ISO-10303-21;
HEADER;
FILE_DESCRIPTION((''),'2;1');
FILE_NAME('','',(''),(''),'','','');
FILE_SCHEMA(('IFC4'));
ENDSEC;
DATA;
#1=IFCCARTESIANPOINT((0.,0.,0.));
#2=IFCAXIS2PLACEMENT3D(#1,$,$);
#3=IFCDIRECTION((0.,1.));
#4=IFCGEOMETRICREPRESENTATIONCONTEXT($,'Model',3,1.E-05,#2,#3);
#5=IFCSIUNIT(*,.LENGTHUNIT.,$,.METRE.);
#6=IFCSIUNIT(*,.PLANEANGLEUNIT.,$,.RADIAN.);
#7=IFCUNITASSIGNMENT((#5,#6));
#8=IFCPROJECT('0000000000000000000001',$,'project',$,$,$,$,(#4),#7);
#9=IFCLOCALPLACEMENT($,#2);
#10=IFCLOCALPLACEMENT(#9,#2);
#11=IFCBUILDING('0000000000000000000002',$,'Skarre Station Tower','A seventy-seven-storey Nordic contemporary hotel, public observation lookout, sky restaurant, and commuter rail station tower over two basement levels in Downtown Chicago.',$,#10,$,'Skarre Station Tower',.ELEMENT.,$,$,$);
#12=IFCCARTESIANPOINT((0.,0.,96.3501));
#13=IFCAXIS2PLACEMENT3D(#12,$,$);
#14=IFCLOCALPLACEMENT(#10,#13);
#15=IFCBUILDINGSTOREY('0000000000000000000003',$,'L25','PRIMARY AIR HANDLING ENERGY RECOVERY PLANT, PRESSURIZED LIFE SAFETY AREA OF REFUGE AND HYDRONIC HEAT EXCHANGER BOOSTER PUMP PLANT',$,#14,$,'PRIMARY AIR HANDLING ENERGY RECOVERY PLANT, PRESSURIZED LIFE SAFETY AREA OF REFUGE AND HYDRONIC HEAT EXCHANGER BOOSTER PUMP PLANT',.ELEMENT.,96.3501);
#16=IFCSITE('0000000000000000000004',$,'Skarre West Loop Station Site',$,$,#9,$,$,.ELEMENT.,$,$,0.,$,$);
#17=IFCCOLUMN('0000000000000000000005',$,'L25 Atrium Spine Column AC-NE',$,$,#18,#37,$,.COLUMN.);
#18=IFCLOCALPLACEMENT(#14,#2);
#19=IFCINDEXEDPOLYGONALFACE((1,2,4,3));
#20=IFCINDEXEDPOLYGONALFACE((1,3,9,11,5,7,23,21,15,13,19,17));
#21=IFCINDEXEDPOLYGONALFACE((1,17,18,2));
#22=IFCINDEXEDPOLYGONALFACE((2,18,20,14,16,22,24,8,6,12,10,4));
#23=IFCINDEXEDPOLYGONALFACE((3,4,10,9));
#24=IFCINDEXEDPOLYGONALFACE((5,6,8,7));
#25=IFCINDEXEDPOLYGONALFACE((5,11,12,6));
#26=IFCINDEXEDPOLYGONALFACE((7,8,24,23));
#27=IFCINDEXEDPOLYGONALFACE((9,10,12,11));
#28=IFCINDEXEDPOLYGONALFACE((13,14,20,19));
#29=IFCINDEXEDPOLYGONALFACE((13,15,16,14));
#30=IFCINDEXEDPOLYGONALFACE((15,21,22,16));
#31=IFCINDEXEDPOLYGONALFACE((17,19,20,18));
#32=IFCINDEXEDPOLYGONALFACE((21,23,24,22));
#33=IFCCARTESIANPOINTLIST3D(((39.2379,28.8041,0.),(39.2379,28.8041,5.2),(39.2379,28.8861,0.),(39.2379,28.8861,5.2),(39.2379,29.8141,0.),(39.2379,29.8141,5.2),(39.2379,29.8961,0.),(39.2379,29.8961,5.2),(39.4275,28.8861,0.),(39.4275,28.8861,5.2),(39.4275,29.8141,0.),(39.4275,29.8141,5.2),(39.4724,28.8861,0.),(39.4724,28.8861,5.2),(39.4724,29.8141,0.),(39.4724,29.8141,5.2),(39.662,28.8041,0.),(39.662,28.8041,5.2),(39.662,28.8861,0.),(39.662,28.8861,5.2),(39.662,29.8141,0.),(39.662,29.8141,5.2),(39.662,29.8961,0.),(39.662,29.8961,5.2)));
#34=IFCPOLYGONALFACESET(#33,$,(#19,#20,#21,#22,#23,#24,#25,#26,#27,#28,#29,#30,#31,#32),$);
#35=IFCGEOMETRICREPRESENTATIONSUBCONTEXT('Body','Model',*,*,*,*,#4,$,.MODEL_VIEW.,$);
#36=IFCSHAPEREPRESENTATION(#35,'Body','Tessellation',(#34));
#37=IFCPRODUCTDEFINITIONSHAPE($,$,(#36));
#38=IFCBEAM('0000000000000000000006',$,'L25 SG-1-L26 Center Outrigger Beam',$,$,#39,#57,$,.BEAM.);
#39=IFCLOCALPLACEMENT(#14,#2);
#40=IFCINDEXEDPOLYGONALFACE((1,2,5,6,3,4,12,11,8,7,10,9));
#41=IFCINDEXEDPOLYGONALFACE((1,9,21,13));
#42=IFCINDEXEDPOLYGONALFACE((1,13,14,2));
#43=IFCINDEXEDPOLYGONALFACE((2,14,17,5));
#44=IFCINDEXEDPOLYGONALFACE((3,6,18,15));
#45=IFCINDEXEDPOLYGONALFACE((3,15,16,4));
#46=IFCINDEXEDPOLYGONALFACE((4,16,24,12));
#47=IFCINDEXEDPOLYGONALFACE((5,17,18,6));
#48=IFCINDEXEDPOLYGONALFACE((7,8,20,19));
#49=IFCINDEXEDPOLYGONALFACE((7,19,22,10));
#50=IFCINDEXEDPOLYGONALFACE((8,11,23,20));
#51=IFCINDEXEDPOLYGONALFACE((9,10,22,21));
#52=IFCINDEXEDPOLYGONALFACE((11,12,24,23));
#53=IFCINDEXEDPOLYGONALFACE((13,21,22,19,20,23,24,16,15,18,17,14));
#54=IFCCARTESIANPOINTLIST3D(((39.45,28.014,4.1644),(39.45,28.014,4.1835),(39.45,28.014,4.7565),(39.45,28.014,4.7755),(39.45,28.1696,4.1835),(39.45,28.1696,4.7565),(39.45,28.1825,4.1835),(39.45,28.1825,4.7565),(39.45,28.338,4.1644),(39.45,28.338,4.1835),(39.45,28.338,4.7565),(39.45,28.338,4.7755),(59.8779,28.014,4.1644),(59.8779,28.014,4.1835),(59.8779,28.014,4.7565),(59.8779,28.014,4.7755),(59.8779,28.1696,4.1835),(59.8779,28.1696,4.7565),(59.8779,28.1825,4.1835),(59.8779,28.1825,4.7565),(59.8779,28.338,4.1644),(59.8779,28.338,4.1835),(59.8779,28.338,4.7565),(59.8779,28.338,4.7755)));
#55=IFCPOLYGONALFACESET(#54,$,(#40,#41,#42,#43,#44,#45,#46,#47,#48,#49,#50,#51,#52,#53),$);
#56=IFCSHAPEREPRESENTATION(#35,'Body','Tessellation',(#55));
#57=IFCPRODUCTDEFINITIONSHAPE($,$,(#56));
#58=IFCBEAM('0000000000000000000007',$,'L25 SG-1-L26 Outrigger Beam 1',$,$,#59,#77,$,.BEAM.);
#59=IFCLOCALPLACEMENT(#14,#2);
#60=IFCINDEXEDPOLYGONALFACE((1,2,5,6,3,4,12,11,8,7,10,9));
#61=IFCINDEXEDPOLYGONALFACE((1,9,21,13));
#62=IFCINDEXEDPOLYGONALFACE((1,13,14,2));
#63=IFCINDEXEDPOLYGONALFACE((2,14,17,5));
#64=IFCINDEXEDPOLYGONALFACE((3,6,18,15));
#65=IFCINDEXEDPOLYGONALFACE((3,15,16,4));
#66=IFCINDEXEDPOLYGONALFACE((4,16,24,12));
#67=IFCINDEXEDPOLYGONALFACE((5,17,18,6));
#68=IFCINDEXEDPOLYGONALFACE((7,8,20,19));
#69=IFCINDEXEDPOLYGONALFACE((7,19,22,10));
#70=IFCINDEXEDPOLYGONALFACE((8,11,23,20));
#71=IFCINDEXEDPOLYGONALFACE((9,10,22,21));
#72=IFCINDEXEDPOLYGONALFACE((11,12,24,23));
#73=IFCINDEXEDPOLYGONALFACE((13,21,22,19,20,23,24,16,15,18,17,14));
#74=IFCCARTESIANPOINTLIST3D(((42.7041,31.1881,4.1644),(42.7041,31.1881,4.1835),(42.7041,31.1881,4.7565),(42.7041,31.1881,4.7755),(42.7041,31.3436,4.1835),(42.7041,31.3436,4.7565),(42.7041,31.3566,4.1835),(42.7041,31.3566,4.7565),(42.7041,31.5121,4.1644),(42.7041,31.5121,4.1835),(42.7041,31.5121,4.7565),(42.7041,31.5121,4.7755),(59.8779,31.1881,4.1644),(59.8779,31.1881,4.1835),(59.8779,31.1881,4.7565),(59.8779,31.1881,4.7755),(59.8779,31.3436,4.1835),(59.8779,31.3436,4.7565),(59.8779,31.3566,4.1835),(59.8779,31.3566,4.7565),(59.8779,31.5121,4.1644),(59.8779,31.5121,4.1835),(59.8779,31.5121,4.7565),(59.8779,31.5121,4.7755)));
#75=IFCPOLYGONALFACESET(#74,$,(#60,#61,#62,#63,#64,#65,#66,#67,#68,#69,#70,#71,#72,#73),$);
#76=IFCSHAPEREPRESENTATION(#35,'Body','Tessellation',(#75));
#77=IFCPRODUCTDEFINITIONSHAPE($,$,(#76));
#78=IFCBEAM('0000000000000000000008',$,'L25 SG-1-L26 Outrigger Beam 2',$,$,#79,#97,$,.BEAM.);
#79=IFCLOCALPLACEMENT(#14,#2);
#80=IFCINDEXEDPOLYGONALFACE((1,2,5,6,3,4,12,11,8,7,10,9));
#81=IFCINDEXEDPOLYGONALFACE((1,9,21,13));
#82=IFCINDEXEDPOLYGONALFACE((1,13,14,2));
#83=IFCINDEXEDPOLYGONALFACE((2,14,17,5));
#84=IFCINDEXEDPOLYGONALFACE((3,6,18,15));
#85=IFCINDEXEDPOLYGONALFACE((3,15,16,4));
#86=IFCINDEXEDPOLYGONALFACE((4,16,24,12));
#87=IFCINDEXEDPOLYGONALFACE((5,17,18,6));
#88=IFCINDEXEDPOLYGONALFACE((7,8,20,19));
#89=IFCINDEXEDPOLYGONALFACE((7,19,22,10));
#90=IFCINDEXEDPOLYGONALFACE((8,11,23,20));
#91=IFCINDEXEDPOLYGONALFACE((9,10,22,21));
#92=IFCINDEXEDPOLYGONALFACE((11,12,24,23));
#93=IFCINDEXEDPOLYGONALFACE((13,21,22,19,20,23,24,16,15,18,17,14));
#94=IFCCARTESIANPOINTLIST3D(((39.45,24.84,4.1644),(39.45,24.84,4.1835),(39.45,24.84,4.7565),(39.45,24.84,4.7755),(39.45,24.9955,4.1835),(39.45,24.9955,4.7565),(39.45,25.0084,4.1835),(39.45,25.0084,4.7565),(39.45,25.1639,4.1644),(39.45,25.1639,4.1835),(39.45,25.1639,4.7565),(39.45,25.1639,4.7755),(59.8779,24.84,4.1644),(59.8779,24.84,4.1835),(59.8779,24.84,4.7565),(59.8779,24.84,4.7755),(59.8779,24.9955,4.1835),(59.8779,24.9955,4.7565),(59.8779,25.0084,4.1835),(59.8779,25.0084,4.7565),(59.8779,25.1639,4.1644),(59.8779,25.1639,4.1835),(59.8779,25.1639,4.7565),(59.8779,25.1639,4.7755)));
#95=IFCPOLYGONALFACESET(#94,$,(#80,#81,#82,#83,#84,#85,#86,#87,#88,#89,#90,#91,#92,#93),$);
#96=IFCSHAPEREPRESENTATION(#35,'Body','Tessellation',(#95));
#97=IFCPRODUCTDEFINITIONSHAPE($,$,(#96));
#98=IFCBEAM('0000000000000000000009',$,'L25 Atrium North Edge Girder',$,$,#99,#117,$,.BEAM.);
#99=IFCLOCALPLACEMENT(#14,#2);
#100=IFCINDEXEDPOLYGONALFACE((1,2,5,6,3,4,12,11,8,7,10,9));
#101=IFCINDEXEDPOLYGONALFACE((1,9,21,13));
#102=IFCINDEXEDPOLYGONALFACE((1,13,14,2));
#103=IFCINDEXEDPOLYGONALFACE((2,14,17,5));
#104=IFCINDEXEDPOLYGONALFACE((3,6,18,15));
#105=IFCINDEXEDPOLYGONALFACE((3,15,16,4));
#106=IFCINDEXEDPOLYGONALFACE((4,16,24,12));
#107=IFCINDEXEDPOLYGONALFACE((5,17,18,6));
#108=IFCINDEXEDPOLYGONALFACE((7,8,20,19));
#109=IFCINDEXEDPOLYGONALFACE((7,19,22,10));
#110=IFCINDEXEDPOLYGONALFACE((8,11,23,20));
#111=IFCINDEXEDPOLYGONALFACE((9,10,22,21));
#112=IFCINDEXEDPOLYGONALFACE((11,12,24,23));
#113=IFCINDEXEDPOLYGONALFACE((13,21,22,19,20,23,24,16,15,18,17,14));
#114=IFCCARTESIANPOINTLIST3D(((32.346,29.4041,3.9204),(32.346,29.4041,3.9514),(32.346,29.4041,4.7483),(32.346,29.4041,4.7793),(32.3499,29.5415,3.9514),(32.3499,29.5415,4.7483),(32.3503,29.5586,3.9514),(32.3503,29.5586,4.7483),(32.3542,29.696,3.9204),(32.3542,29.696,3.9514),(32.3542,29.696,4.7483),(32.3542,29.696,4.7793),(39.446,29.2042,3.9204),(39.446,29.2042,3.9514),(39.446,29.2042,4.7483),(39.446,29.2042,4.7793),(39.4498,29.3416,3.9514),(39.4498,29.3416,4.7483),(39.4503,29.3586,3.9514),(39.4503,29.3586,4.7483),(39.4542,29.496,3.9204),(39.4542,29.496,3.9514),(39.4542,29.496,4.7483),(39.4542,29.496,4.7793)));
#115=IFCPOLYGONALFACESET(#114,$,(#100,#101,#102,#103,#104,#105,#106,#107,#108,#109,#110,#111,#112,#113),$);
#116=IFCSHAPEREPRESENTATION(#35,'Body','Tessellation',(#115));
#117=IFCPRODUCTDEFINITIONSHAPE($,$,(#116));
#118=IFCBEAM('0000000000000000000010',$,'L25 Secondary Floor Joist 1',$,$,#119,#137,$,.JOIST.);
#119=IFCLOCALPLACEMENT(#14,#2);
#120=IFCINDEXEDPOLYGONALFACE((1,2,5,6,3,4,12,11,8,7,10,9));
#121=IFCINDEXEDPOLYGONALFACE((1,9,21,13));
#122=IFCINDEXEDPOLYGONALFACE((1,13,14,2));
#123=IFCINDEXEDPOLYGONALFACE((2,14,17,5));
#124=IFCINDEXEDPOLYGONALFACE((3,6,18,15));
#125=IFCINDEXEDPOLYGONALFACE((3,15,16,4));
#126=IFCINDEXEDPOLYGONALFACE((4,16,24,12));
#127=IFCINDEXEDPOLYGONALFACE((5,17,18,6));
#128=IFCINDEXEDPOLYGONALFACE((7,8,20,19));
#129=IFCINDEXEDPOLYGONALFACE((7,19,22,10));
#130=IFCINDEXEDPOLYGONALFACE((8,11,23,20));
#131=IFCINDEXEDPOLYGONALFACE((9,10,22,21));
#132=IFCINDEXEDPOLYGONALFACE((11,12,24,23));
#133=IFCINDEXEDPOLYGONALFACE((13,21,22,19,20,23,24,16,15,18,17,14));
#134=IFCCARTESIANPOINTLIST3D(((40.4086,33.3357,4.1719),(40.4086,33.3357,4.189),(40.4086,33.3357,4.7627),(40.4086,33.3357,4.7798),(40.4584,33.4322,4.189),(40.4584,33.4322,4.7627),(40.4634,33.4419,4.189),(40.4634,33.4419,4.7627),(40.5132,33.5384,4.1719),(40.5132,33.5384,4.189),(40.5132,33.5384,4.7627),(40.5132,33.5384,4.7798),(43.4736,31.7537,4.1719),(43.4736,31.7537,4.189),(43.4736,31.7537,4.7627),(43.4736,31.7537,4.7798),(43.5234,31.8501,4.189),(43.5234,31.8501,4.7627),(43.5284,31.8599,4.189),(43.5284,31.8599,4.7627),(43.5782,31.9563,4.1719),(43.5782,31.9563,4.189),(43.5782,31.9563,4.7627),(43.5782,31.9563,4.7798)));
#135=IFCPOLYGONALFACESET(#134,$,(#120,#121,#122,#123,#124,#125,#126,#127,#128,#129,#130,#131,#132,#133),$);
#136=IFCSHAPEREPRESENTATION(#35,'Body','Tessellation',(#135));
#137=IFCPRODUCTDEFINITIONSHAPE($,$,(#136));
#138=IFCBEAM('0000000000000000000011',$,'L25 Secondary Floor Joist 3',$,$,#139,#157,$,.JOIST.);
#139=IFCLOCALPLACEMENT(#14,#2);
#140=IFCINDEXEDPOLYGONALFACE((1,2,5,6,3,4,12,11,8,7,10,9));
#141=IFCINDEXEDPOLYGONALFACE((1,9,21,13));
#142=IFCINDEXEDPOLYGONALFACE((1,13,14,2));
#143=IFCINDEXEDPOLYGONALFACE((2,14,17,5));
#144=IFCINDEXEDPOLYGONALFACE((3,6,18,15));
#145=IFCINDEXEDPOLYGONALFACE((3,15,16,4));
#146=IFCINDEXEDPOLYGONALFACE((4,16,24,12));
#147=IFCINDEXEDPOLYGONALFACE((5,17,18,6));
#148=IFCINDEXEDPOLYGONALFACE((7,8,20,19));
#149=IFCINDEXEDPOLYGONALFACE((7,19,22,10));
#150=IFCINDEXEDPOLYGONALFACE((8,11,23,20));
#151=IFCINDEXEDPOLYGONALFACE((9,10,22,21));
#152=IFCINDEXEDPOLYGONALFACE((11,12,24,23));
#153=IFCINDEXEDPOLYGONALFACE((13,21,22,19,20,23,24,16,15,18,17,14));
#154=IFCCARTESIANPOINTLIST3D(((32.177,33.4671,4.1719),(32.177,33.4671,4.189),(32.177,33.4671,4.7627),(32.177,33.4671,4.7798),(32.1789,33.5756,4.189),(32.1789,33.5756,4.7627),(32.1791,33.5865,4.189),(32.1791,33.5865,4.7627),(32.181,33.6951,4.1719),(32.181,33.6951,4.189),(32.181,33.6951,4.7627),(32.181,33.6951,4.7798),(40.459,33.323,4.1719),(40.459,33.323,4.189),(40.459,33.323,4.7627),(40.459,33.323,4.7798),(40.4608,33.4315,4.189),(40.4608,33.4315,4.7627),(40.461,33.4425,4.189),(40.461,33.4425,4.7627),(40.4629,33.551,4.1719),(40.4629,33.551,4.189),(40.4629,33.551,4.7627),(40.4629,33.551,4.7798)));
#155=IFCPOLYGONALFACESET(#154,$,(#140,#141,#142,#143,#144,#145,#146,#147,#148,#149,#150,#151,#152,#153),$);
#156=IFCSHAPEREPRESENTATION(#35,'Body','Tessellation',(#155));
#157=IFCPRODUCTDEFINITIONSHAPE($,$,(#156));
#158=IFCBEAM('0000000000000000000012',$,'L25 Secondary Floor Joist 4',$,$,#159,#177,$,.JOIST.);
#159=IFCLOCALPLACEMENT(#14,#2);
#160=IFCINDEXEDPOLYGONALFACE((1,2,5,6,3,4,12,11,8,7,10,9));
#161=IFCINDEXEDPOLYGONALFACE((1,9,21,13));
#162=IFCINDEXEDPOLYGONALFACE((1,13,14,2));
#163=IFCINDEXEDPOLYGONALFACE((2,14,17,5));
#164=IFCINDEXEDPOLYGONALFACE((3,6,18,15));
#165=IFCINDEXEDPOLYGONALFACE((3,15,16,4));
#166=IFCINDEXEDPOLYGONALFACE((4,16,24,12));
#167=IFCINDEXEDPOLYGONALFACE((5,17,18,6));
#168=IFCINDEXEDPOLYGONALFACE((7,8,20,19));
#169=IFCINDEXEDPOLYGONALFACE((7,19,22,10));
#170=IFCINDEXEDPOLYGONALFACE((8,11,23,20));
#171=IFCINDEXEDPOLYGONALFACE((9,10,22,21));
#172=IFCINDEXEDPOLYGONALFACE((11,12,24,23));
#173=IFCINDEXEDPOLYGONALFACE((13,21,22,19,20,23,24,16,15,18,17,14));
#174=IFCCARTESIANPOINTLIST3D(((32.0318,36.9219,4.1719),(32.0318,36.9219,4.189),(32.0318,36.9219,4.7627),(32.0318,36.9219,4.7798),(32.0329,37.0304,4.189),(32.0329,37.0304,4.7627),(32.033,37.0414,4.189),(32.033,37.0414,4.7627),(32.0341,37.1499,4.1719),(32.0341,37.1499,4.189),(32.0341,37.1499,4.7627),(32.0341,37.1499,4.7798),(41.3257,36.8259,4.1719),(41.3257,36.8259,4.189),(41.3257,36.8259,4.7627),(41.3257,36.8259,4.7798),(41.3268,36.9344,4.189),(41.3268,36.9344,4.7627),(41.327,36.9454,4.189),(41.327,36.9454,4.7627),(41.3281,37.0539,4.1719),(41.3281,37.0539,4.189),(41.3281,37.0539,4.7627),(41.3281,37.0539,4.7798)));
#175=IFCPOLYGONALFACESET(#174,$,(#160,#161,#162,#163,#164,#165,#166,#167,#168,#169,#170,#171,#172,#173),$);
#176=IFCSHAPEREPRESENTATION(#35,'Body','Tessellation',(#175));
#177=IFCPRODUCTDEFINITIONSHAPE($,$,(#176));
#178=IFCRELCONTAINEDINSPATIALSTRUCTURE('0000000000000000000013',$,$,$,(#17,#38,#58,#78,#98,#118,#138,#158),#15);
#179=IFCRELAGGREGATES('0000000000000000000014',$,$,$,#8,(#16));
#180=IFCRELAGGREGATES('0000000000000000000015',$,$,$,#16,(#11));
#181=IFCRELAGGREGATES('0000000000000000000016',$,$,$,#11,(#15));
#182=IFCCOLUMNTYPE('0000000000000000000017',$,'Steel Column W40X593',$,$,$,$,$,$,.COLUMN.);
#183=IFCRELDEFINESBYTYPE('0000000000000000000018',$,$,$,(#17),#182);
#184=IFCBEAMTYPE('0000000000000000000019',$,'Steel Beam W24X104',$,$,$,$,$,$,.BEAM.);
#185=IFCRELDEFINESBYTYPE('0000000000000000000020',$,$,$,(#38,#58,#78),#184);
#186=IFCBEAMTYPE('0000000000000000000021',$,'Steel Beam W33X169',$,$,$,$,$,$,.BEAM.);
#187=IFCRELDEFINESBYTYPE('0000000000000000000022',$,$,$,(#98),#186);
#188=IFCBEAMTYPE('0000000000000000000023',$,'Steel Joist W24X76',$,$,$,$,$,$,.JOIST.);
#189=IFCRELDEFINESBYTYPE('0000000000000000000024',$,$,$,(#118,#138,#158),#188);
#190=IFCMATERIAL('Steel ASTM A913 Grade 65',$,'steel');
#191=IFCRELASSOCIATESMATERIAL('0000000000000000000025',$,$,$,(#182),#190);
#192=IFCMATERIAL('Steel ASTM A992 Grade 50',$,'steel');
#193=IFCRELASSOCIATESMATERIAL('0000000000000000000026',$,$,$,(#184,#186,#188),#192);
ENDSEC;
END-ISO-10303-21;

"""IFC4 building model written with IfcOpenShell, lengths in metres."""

from ifc_helpers import new_model, si_unit, direction, frame, origin, origin_2d, place, context, subcontext, project, spatial, i_section, extrude, material, material_profile, profile_set, type_object, element, save


model = new_model("IFC4")

# Units and contexts
model_context = context("Model", 3, precision=1e-05, world=origin(), true_north=direction((0.0, 1.0)))
body_context = subcontext(model_context, "Body", "Model", "MODEL_VIEW")
ifc_project = project(units=[si_unit("LENGTHUNIT", "METRE"), si_unit("PLANEANGLEUNIT", "RADIAN")], contexts=[model_context])

# Site, building, storey
site_placement = place(None, origin())
site = spatial("IfcSite", under=ifc_project, at=site_placement, Name="Skarre West Loop Station Site", CompositionType="ELEMENT", RefElevation=0.0)
building_placement = place(site_placement, origin())
building = spatial("IfcBuilding", under=site, at=building_placement, Name="Skarre Station Tower", Description="A seventy-seven-storey Nordic contemporary hotel, public observation lookout, sky restaurant, and commuter rail station tower over two basement levels in Downtown Chicago.", LongName="Skarre Station Tower", CompositionType="ELEMENT")
storey_placement = place(building_placement, frame((0.0, 0.0, 96.3501)))
storey = spatial("IfcBuildingStorey", under=building, at=storey_placement, Name="L25", Description="PRIMARY AIR HANDLING ENERGY RECOVERY PLANT, PRESSURIZED LIFE SAFETY AREA OF REFUGE AND HYDRONIC HEAT EXCHANGER BOOSTER PUMP PLANT", LongName="PRIMARY AIR HANDLING ENERGY RECOVERY PLANT, PRESSURIZED LIFE SAFETY AREA OF REFUGE AND HYDRONIC HEAT EXCHANGER BOOSTER PUMP PLANT", CompositionType="ELEMENT", Elevation=96.3501)

# Column
ifc_material_1 = material(Name="Steel ASTM A913 Grade 65", Category="steel")
ifc_material_profile_1 = material_profile(ifc_material_1, i_section(OverallWidth=0.4241, OverallDepth=1.092, WebThickness=0.0449, FlangeThickness=0.082, at=origin_2d()), Name="Steel ASTM A913 Grade 65")
ifc_profile_set_1 = profile_set([ifc_material_profile_1], Name="Steel ASTM A913 Grade 65")
column_type = type_object("IfcColumnType", Name="Steel Column W40X593", PredefinedType="COLUMN", material=ifc_profile_set_1)
column_placement = place(storey_placement, frame((39.45, 29.3501, 0.0), z_axis=(0.0, 0.0, 1.0), x_axis=(1.0, 0.0, 0.0)))
element("IfcColumn", 1, at=column_placement, inside=storey, type_object=column_type, Name="L25 Atrium Spine Column AC-NE", PredefinedType="COLUMN", context=body_context, shape_type="SweptSolid", body=[
    extrude(i_section(OverallWidth=0.4241, OverallDepth=1.092, WebThickness=0.0449, FlangeThickness=0.082, at=origin_2d()), origin(), (0.0, 0.0, 1.0), 5.2),
])

# Beams
ifc_material_2 = material(Name="Steel ASTM A992 Grade 50", Category="steel")
ifc_material_profile_2 = material_profile(ifc_material_2, i_section(OverallWidth=0.324, OverallDepth=0.6111, WebThickness=0.0129, FlangeThickness=0.019, at=origin_2d()), Name="Steel ASTM A992 Grade 50")
ifc_profile_set_2 = profile_set([ifc_material_profile_2], Name="Steel ASTM A992 Grade 50")
beam_type_1 = type_object("IfcBeamType", Name="Steel Beam W24X104", PredefinedType="BEAM", material=ifc_profile_set_2)
beam_1_placement = place(storey_placement, frame((39.45, 28.176, 4.47), z_axis=(1.0, 0.0, 0.0), x_axis=(0.0, 1.0, 0.0)))
element("IfcBeam", 2, at=beam_1_placement, inside=storey, type_object=beam_type_1, Name="L25 SG-1-L26 Center Outrigger Beam", PredefinedType="BEAM", context=body_context, shape_type="SweptSolid", body=[
    extrude(i_section(OverallWidth=0.324, OverallDepth=0.6111, WebThickness=0.0129, FlangeThickness=0.019, at=origin_2d()), origin(), (0.0, 0.0, 1.0), 20.428),
])
beam_2_placement = place(storey_placement, frame((42.7041, 31.3501, 4.47), z_axis=(1.0, 0.0, 0.0), x_axis=(0.0, 1.0, 0.0)))
element("IfcBeam", 3, at=beam_2_placement, inside=storey, type_object=beam_type_1, Name="L25 SG-1-L26 Outrigger Beam 1", PredefinedType="BEAM", context=body_context, shape_type="SweptSolid", body=[
    extrude(i_section(OverallWidth=0.324, OverallDepth=0.6111, WebThickness=0.0129, FlangeThickness=0.019, at=origin_2d()), origin(), (0.0, 0.0, 1.0), 17.1738),
])
beam_3_placement = place(storey_placement, frame((39.45, 25.002, 4.47), z_axis=(1.0, 0.0, 0.0), x_axis=(0.0, 1.0, 0.0)))
element("IfcBeam", 4, at=beam_3_placement, inside=storey, type_object=beam_type_1, Name="L25 SG-1-L26 Outrigger Beam 2", PredefinedType="BEAM", context=body_context, shape_type="SweptSolid", body=[
    extrude(i_section(OverallWidth=0.324, OverallDepth=0.6111, WebThickness=0.0129, FlangeThickness=0.019, at=origin_2d()), origin(), (0.0, 0.0, 1.0), 20.428),
])
ifc_material_profile_3 = material_profile(ifc_material_2, i_section(OverallWidth=0.292, OverallDepth=0.8589, WebThickness=0.0171, FlangeThickness=0.031, at=origin_2d()), Name="Steel ASTM A992 Grade 50")
ifc_profile_set_3 = profile_set([ifc_material_profile_3], Name="Steel ASTM A992 Grade 50")
beam_type_2 = type_object("IfcBeamType", Name="Steel Beam W33X169", PredefinedType="BEAM", material=ifc_profile_set_3)
beam_4_placement = place(storey_placement, frame((32.3501, 29.55, 4.3499), z_axis=(0.999604, -0.028152, 0.0), x_axis=(0.028152, 0.999604, 0.0)))
element("IfcBeam", 5, at=beam_4_placement, inside=storey, type_object=beam_type_2, Name="L25 Atrium North Edge Girder", PredefinedType="BEAM", context=body_context, shape_type="SweptSolid", body=[
    extrude(i_section(OverallWidth=0.292, OverallDepth=0.8589, WebThickness=0.0171, FlangeThickness=0.031, at=origin_2d()), origin(), (0.0, 0.0, 1.0), 7.1028),
])
ifc_material_profile_4 = material_profile(ifc_material_2, i_section(OverallWidth=0.228, OverallDepth=0.6079, WebThickness=0.011, FlangeThickness=0.0171, at=origin_2d()), Name="Steel ASTM A992 Grade 50")
ifc_profile_set_4 = profile_set([ifc_material_profile_4], Name="Steel ASTM A992 Grade 50")
beam_type_3 = type_object("IfcBeamType", Name="Steel Joist W24X76", PredefinedType="JOIST", material=ifc_profile_set_4)
beam_5_placement = place(storey_placement, frame((43.5259, 31.855, 4.4758), z_axis=(-0.888606, 0.458672, 0.0), x_axis=(-0.458672, -0.888606, 0.0)))
element("IfcBeam", 6, at=beam_5_placement, inside=storey, type_object=beam_type_3, Name="L25 Secondary Floor Joist 1", PredefinedType="JOIST", context=body_context, shape_type="SweptSolid", body=[
    extrude(i_section(OverallWidth=0.228, OverallDepth=0.6079, WebThickness=0.011, FlangeThickness=0.0171, at=origin_2d()), origin(), (0.0, 0.0, 1.0), 3.4492),
])
beam_6_placement = place(storey_placement, frame((40.4609, 33.437, 4.4758), z_axis=(-0.999849, 0.01739, 0.0), x_axis=(-0.01739, -0.999849, 0.0)))
element("IfcBeam", 7, at=beam_6_placement, inside=storey, type_object=beam_type_3, Name="L25 Secondary Floor Joist 3", PredefinedType="JOIST", context=body_context, shape_type="SweptSolid", body=[
    extrude(i_section(OverallWidth=0.228, OverallDepth=0.6079, WebThickness=0.011, FlangeThickness=0.0171, at=origin_2d()), origin(), (0.0, 0.0, 1.0), 8.2832),
])
beam_7_placement = place(storey_placement, frame((41.3269, 36.9399, 4.4758), z_axis=(-0.999947, 0.010323, 0.0), x_axis=(-0.010323, -0.999947, 0.0)))
element("IfcBeam", 8, at=beam_7_placement, inside=storey, type_object=beam_type_3, Name="L25 Secondary Floor Joist 4", PredefinedType="JOIST", context=body_context, shape_type="SweptSolid", body=[
    extrude(i_section(OverallWidth=0.228, OverallDepth=0.6079, WebThickness=0.011, FlangeThickness=0.0171, at=origin_2d()), origin(), (0.0, 0.0, 1.0), 9.2944),
])

save(model, "model.ifc")
